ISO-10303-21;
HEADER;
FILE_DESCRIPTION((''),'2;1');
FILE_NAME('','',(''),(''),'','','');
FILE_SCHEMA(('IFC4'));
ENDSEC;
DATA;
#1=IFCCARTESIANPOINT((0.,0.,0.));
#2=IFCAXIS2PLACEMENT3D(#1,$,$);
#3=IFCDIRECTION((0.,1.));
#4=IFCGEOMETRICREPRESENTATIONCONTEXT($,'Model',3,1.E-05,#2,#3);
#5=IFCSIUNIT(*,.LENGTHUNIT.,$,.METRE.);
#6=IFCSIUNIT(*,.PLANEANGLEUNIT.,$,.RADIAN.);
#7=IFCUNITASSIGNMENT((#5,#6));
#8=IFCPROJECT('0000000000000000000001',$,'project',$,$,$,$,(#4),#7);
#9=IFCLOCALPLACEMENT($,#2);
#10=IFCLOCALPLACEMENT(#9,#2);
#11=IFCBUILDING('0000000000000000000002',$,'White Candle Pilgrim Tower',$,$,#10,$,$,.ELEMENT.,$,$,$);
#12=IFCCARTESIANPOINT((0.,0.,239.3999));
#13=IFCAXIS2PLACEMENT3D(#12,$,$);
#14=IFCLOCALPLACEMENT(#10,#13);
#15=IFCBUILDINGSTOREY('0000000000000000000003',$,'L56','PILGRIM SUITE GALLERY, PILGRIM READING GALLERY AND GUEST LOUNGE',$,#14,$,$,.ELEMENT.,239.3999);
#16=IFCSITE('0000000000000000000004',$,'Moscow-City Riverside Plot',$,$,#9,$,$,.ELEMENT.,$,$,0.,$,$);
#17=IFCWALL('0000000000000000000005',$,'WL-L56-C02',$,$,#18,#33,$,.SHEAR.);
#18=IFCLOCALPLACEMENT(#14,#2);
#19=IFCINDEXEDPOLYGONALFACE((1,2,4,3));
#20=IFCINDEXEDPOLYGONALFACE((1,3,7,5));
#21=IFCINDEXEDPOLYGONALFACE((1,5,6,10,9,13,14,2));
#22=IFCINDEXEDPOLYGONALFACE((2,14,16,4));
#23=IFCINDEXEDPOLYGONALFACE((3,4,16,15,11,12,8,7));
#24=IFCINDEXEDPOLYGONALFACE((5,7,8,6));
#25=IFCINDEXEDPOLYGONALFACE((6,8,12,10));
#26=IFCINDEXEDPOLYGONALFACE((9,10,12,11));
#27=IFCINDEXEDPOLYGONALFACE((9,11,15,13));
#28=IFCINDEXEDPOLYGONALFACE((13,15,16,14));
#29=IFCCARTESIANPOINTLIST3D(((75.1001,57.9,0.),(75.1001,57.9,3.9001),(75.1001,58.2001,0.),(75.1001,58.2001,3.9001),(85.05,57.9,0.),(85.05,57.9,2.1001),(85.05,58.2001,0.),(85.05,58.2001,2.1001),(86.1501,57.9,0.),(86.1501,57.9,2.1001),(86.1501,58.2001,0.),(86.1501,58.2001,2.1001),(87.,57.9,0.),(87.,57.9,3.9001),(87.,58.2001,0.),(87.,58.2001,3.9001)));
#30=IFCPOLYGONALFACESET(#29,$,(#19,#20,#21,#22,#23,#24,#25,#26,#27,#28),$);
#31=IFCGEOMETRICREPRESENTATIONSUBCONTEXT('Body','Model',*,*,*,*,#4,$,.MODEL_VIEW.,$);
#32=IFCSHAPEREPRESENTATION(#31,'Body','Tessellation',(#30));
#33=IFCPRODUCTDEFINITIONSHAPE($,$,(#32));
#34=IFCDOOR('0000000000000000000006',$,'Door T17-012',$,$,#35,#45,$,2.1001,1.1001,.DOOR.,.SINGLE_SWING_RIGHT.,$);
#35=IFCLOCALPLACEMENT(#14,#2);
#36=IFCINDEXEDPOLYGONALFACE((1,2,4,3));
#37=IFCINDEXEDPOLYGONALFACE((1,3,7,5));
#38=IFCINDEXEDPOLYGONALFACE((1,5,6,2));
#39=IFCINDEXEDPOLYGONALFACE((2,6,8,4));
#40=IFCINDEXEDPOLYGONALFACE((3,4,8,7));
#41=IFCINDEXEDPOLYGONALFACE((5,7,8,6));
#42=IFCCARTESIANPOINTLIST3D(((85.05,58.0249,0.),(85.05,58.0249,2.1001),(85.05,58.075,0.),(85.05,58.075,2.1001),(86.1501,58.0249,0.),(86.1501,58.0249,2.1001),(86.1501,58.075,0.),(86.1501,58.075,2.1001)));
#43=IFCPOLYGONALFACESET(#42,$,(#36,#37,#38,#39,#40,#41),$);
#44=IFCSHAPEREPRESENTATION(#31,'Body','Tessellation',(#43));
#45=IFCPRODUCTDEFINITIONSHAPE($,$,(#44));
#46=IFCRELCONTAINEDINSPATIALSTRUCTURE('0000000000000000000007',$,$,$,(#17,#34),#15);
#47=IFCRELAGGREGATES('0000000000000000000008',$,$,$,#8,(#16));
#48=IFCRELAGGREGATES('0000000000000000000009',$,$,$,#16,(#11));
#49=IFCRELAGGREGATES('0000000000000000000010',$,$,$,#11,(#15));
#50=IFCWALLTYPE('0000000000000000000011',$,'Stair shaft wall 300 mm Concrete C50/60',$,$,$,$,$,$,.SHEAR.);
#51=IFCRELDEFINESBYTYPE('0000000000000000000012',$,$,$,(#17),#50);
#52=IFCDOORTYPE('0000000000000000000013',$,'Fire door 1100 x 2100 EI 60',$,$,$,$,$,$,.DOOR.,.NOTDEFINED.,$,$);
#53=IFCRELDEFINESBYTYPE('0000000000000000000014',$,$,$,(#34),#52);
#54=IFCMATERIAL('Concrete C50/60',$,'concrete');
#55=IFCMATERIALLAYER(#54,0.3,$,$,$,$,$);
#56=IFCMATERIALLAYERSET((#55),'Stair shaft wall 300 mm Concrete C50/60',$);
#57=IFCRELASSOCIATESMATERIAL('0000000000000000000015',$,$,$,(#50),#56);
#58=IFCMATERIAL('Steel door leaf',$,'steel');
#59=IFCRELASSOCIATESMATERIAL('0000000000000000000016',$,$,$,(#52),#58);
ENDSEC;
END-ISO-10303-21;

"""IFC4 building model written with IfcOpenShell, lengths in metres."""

from ifc_helpers import new_model, si_unit, direction, frame, frame_2d, origin, place, context, subcontext, project, spatial, rectangle, extrude, material, layer, layer_set, type_object, element, fill, save


model = new_model("IFC4")

# Units and contexts
model_context = context("Model", 3, precision=1e-05, world=origin(), true_north=direction((0.0, 1.0)))
body_context = subcontext(model_context, "Body", "Model", "MODEL_VIEW")
ifc_project = project(units=[si_unit("LENGTHUNIT", "METRE"), si_unit("PLANEANGLEUNIT", "RADIAN")], contexts=[model_context])

# Site, building, storey
site_placement = place(None, origin())
site = spatial("IfcSite", under=ifc_project, at=site_placement, Name="Moscow-City Riverside Plot", CompositionType="ELEMENT", RefElevation=0.0)
building_placement = place(site_placement, origin())
building = spatial("IfcBuilding", under=site, at=building_placement, Name="White Candle Pilgrim Tower", CompositionType="ELEMENT")
storey_placement = place(building_placement, frame((0.0, 0.0, 239.3999)))
storey = spatial("IfcBuildingStorey", under=building, at=storey_placement, Name="L56", Description="PILGRIM SUITE GALLERY, PILGRIM READING GALLERY AND GUEST LOUNGE", CompositionType="ELEMENT", Elevation=239.3999)

# Shared definitions
ifc_material_1 = material(Name="Concrete C50/60", Category="concrete")

# Shared definitions
ifc_material_2 = material(Name="Steel door leaf", Category="steel")

# Wall, opening, door
ifc_layer_1 = layer(ifc_material_1, 0.3)
ifc_layer_set_1 = layer_set([ifc_layer_1], Name="Stair shaft wall 300 mm Concrete C50/60")
wall_type_1 = type_object("IfcWallType", Name="Stair shaft wall 300 mm Concrete C50/60", PredefinedType="SHEAR", material=ifc_layer_set_1)
wall_1_placement = place(storey_placement, frame((75.1001, 58.05, 0.0), z_axis=(0.0, 0.0, 1.0), x_axis=(1.0, 0.0, 0.0)))
wall_1 = element("IfcWall", 1, at=wall_1_placement, inside=storey, type_object=wall_type_1, Name="WL-L56-C02", PredefinedType="SHEAR", context=body_context, shape_type="SweptSolid", body=[
    extrude(rectangle(XDim=11.8999, YDim=0.3, at=frame_2d((5.95, 0.0))), origin(), (0.0, 0.0, 1.0), 3.9001),
])
opening_1_placement = place(wall_1_placement, frame((9.95, 0.0, 0.0)))
opening_1 = element("IfcOpeningElement", 2, at=opening_1_placement, cuts=wall_1, PredefinedType="OPENING", context=body_context, shape_type="SweptSolid", body=[
    extrude(rectangle(XDim=1.1001, YDim=2.1001, at=frame_2d((0.55, 1.05))), frame((0.0, 0.1599, 0.0), z_axis=(0.0, -1.0, 0.0), x_axis=(1.0, 0.0, 0.0)), (0.0, 0.0, 1.0), 0.3201),
])
door_type_1 = type_object("IfcDoorType", Name="Fire door 1100 x 2100 EI 60", OperationType="NOTDEFINED", PredefinedType="DOOR", material=ifc_material_2)
door_1_placement = place(opening_1_placement, origin())
door_1 = element("IfcDoor", 3, at=door_1_placement, inside=storey, type_object=door_type_1, Name="Door T17-012", OperationType="SINGLE_SWING_RIGHT", OverallHeight=2.1001, OverallWidth=1.1001, PredefinedType="DOOR", context=body_context, shape_type="SweptSolid", body=[
    extrude(rectangle(XDim=1.1001, YDim=2.1001, at=frame_2d((0.55, 1.05))), frame((0.0, 0.0249, 0.0), z_axis=(0.0, -1.0, 0.0), x_axis=(1.0, 0.0, 0.0)), (0.0, 0.0, 1.0), 0.05),
])
fill(opening_1, door_1)

save(model, "model.ifc")
